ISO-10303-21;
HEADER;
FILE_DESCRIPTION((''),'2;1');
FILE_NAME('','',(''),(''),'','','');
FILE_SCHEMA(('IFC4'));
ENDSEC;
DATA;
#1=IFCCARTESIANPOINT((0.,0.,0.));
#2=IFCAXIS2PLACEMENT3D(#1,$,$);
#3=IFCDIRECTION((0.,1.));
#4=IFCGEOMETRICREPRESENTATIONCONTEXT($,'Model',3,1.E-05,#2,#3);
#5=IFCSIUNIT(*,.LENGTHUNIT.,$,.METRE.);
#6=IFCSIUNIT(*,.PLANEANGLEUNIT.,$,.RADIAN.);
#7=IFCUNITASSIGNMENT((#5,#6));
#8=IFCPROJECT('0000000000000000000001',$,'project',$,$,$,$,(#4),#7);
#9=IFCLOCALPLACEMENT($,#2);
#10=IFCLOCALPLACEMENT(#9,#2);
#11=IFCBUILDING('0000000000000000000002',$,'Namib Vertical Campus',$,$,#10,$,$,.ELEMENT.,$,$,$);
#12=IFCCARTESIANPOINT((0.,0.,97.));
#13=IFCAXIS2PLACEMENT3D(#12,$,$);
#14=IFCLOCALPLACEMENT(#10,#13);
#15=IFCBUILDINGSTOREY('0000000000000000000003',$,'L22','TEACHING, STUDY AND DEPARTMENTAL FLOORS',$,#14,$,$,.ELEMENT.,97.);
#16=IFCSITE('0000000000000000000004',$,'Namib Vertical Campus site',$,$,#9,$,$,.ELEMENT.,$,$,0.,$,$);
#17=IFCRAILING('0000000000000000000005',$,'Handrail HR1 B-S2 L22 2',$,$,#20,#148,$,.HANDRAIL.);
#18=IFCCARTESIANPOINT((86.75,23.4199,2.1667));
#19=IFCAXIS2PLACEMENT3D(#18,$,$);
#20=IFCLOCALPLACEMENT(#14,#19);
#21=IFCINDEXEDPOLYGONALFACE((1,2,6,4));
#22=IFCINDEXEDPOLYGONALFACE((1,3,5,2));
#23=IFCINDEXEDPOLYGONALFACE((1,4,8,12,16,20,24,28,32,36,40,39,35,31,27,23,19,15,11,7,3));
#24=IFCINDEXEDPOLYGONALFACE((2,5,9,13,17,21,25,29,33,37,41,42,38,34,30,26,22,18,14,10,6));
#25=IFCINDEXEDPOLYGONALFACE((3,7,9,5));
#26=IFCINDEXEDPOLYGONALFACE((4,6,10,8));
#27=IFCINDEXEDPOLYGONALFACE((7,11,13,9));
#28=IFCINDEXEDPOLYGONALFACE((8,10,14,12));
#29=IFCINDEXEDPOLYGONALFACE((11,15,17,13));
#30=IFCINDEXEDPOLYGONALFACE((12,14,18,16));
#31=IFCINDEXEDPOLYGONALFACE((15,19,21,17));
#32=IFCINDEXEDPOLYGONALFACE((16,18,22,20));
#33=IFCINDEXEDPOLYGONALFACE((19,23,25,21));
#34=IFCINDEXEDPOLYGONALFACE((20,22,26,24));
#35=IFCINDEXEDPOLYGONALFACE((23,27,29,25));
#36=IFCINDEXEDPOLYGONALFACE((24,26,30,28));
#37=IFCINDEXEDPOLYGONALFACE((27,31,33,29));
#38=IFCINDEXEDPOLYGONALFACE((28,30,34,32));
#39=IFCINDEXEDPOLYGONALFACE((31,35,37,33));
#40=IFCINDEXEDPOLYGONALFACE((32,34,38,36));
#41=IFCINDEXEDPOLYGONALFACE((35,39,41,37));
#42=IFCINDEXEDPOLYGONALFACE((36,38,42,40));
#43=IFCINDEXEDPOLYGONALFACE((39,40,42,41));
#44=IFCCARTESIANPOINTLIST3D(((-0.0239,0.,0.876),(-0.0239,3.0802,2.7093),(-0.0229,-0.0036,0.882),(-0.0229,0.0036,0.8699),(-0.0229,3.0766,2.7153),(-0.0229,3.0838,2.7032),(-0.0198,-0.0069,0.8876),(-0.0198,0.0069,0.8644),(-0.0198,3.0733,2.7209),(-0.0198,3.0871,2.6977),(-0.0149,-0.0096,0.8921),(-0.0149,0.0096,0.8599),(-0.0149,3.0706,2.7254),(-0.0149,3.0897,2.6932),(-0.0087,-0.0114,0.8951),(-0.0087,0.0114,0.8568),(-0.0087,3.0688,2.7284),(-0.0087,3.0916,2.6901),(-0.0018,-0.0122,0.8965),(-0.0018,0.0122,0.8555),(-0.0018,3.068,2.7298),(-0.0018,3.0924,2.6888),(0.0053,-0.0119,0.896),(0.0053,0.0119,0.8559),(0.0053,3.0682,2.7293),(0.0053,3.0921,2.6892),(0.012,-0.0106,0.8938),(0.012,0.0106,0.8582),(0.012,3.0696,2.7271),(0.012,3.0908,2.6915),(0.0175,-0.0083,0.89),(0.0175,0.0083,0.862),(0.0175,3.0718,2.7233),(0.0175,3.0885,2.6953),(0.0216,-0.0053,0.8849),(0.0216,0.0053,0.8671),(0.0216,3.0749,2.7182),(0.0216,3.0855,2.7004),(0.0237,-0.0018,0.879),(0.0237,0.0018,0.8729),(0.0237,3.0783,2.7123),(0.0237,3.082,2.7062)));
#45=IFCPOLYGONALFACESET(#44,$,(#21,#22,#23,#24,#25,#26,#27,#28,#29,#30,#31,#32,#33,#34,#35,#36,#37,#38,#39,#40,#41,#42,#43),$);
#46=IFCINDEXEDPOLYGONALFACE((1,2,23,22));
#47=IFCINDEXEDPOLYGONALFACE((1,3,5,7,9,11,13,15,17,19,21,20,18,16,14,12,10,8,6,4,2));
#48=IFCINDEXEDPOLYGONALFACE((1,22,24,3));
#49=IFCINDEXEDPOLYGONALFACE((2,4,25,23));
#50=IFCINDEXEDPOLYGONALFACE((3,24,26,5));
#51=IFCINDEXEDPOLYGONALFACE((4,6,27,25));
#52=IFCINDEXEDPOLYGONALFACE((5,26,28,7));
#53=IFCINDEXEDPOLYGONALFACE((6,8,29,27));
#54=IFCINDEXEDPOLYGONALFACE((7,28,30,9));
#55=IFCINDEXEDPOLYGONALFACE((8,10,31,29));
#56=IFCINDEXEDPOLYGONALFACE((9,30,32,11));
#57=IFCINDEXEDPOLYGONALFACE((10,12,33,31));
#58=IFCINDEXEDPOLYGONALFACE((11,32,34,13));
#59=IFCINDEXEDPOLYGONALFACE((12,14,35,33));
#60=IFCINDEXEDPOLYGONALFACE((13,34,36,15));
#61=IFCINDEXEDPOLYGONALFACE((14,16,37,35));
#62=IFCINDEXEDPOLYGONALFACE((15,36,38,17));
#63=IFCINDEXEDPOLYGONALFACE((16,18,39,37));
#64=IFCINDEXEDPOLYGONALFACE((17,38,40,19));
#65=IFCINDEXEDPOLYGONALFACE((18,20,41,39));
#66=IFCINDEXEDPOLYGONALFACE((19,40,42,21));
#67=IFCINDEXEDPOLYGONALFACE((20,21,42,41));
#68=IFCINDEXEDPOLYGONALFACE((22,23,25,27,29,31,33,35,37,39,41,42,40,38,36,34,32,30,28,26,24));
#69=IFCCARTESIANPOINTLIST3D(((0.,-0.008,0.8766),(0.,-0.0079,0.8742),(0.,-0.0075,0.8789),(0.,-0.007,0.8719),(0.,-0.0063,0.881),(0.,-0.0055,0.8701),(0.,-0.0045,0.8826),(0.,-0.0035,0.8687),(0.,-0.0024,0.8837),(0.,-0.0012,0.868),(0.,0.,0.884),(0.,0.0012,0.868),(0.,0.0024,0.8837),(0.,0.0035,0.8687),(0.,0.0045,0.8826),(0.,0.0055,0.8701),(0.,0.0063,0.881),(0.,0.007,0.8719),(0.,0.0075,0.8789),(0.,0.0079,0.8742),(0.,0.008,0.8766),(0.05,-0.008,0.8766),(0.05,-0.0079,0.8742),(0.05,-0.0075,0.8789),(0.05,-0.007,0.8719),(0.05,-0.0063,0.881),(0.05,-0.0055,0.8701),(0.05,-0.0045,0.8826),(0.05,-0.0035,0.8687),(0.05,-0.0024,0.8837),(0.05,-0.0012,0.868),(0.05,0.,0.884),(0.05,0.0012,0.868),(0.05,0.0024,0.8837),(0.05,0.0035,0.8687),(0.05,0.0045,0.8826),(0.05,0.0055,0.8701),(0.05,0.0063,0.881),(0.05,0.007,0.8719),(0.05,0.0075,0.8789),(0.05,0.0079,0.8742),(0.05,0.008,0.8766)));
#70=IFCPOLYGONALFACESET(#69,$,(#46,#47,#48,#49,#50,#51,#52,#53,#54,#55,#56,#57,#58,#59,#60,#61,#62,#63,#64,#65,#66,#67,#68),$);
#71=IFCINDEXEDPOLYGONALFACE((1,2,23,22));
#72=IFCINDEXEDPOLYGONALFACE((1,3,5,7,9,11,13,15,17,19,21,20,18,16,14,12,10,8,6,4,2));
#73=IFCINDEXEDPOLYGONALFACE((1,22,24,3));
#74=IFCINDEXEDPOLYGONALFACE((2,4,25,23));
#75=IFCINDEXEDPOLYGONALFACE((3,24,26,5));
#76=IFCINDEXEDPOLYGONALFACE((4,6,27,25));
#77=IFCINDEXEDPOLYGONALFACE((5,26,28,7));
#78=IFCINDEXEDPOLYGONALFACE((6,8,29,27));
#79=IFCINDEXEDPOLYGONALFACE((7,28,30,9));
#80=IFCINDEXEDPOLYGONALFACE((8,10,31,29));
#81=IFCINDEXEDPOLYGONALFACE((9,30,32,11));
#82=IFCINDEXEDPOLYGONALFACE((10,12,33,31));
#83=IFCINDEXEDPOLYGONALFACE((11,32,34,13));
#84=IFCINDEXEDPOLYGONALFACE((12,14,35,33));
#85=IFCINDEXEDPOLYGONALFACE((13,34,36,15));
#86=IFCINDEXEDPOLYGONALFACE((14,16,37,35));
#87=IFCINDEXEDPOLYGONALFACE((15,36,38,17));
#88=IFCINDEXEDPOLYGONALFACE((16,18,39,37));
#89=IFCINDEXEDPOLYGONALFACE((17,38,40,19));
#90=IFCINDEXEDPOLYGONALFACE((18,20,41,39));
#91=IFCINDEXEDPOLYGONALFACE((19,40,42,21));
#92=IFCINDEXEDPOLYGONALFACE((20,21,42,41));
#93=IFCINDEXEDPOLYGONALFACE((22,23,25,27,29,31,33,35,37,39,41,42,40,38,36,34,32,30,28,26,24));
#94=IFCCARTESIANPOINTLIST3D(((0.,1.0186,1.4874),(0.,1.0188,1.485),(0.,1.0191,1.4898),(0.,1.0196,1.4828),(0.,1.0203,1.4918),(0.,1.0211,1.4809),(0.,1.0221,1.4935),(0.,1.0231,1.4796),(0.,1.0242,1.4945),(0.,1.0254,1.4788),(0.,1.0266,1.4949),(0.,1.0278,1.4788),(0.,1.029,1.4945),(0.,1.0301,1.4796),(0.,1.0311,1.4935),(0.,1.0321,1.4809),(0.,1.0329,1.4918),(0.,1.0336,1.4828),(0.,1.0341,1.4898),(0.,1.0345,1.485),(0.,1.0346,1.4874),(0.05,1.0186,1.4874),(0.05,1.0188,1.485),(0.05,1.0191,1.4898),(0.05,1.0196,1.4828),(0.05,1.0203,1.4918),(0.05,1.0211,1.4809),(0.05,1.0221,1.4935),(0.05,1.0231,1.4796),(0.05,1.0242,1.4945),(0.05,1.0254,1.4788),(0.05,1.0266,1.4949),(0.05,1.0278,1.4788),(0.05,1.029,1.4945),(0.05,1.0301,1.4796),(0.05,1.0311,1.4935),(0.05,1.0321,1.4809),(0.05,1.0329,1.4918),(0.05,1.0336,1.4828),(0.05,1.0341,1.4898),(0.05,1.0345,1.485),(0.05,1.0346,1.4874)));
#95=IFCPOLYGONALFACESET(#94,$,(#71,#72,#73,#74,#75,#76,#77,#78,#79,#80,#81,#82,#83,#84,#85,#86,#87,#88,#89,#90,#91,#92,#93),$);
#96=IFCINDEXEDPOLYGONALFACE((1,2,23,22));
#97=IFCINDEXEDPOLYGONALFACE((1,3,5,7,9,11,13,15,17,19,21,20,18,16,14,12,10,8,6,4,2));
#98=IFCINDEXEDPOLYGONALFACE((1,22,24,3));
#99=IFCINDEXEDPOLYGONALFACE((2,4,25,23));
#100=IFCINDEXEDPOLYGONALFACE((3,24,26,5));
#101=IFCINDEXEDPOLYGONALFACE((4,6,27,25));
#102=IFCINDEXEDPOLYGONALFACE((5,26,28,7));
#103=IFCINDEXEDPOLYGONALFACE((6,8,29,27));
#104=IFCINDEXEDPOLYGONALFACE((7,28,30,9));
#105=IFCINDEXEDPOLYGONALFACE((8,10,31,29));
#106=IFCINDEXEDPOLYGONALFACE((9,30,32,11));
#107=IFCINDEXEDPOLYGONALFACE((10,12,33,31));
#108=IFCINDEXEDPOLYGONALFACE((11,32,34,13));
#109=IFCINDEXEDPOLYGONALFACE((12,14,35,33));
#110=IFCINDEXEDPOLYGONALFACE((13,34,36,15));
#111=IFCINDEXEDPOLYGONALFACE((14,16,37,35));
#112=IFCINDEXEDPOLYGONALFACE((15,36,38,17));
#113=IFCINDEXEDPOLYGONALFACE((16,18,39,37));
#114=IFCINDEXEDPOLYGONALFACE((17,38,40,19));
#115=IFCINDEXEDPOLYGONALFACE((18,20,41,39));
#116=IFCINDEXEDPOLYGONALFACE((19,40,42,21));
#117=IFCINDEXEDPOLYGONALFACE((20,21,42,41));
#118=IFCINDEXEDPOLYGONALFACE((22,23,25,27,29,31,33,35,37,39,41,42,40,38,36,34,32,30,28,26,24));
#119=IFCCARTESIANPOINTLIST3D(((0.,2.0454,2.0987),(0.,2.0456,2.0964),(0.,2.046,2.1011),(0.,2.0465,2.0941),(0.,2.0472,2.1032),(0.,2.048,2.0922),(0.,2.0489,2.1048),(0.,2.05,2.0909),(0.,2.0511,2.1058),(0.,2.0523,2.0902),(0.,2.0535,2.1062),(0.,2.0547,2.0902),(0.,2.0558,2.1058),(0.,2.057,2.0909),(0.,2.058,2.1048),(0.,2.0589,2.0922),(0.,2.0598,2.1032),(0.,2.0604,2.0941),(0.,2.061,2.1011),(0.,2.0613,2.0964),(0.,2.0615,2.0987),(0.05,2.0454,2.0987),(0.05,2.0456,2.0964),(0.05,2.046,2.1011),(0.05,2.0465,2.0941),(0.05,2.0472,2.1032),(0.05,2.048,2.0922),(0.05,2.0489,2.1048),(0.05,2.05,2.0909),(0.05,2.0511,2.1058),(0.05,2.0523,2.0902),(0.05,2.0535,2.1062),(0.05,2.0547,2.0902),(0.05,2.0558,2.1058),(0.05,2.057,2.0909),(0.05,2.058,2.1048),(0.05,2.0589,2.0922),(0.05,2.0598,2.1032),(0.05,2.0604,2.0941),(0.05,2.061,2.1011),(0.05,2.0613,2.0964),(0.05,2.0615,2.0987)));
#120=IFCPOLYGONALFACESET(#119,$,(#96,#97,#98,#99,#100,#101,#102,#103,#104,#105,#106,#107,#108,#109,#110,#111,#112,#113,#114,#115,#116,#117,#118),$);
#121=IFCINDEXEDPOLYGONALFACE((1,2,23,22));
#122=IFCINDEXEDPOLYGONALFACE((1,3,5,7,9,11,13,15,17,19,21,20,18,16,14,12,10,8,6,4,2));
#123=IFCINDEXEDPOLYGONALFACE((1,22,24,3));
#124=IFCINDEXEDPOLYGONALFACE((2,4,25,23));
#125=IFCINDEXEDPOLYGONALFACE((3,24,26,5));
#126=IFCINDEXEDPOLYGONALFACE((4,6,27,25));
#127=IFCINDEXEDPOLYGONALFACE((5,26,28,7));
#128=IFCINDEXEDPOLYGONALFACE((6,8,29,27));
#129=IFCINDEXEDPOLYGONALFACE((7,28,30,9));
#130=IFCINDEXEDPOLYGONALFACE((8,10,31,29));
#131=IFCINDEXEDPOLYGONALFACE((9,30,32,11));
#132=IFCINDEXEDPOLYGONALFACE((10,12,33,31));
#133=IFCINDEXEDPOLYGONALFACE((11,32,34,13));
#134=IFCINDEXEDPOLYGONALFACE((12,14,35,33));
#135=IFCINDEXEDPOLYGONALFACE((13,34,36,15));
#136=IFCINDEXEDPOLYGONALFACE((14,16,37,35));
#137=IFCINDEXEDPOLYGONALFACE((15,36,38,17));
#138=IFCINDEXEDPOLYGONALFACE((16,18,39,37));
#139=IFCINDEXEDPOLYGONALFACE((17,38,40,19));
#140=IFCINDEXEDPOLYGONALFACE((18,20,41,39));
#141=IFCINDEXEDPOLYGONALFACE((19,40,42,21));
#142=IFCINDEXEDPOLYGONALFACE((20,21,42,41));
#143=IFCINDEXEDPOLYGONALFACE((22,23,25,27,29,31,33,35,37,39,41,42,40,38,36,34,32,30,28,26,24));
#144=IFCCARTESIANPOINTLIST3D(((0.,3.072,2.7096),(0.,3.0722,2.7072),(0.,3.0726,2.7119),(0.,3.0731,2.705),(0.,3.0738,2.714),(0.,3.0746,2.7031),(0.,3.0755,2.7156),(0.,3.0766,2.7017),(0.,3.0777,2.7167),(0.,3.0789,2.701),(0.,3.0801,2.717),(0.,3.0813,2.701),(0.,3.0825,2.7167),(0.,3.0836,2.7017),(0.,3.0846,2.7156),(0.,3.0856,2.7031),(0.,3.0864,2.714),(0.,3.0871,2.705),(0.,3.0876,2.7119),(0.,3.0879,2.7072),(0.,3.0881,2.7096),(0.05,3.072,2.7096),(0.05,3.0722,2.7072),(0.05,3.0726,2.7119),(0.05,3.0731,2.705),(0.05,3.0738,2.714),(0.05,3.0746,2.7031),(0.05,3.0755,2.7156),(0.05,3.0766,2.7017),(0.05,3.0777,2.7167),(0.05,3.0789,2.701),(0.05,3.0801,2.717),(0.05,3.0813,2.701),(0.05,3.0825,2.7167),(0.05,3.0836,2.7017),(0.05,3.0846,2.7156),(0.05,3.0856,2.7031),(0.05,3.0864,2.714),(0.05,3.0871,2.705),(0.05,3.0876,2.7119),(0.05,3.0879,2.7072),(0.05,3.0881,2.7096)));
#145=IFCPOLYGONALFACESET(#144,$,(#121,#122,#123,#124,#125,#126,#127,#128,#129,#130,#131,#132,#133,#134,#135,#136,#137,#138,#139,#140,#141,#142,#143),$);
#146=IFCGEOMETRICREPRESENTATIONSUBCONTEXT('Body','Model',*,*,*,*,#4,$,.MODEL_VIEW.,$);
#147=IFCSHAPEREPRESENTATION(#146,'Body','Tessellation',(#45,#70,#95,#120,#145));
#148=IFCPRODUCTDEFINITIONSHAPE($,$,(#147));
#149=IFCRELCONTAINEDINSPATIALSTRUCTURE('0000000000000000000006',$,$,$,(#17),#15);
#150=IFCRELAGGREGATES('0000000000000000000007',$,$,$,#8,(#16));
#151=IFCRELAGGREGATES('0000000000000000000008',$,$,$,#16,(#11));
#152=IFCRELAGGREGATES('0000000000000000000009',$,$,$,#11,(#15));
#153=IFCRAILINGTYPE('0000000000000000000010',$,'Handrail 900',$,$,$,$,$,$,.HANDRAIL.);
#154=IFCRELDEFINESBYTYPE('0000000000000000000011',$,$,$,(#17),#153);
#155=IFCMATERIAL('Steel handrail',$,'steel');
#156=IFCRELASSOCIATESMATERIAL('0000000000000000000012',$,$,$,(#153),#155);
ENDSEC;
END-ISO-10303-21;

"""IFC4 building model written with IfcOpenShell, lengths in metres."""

from ifc_helpers import new_model, si_unit, direction, frame, origin, origin_2d, place, context, subcontext, project, spatial, circle, extrude, material, type_object, element, save


model = new_model("IFC4")

# Units and contexts
model_context = context("Model", 3, precision=1e-05, world=origin(), true_north=direction((0.0, 1.0)))
body_context = subcontext(model_context, "Body", "Model", "MODEL_VIEW")
ifc_project = project(units=[si_unit("LENGTHUNIT", "METRE"), si_unit("PLANEANGLEUNIT", "RADIAN")], contexts=[model_context])

# Site, building, storey
site_placement = place(None, origin())
site = spatial("IfcSite", under=ifc_project, at=site_placement, Name="Namib Vertical Campus site", CompositionType="ELEMENT", RefElevation=0.0)
building_placement = place(site_placement, origin())
building = spatial("IfcBuilding", under=site, at=building_placement, Name="Namib Vertical Campus", CompositionType="ELEMENT")
storey_placement = place(building_placement, frame((0.0, 0.0, 97.0)))
storey = spatial("IfcBuildingStorey", under=building, at=storey_placement, Name="L22", Description="TEACHING, STUDY AND DEPARTMENTAL FLOORS", CompositionType="ELEMENT", Elevation=97.0)

# Railing
ifc_material_1 = material(Name="Steel handrail", Category="steel")
railing_type = type_object("IfcRailingType", Name="Handrail 900", PredefinedType="HANDRAIL", material=ifc_material_1)
railing_placement = place(storey_placement, frame((86.75, 23.4199, 2.1667)))
element("IfcRailing", 1, at=railing_placement, inside=storey, type_object=railing_type, Name="Handrail HR1 B-S2 L22 2", PredefinedType="HANDRAIL", context=body_context, shape_type="SweptSolid", body=[
    extrude(circle(Radius=0.0239, at=origin_2d()), frame((0.0, 0.0, 0.876), z_axis=(0.0, 0.859309, 0.511458), x_axis=(-1.0, 0.0, 0.0)), (0.0, 0.0, 1.0), 3.5845),
    extrude(circle(Radius=0.0081, at=origin_2d()), frame((0.0, 0.0, 0.876), z_axis=(1.0, 0.0, 0.0), x_axis=(0.0, 0.0, 1.0)), (0.0, 0.0, 1.0), 0.05),
    extrude(circle(Radius=0.0081, at=origin_2d()), frame((0.0, 1.0266, 1.4868), z_axis=(1.0, 0.0, 0.0), x_axis=(0.0, 0.0, 1.0)), (0.0, 0.0, 1.0), 0.05),
    extrude(circle(Radius=0.0081, at=origin_2d()), frame((0.0, 2.0535, 2.0981), z_axis=(1.0, 0.0, 0.0), x_axis=(0.0, 0.0, 1.0)), (0.0, 0.0, 1.0), 0.05),
    extrude(circle(Radius=0.0081, at=origin_2d()), frame((0.0, 3.0801, 2.709), z_axis=(1.0, 0.0, 0.0), x_axis=(0.0, 0.0, 1.0)), (0.0, 0.0, 1.0), 0.05),
])

save(model, "model.ifc")
